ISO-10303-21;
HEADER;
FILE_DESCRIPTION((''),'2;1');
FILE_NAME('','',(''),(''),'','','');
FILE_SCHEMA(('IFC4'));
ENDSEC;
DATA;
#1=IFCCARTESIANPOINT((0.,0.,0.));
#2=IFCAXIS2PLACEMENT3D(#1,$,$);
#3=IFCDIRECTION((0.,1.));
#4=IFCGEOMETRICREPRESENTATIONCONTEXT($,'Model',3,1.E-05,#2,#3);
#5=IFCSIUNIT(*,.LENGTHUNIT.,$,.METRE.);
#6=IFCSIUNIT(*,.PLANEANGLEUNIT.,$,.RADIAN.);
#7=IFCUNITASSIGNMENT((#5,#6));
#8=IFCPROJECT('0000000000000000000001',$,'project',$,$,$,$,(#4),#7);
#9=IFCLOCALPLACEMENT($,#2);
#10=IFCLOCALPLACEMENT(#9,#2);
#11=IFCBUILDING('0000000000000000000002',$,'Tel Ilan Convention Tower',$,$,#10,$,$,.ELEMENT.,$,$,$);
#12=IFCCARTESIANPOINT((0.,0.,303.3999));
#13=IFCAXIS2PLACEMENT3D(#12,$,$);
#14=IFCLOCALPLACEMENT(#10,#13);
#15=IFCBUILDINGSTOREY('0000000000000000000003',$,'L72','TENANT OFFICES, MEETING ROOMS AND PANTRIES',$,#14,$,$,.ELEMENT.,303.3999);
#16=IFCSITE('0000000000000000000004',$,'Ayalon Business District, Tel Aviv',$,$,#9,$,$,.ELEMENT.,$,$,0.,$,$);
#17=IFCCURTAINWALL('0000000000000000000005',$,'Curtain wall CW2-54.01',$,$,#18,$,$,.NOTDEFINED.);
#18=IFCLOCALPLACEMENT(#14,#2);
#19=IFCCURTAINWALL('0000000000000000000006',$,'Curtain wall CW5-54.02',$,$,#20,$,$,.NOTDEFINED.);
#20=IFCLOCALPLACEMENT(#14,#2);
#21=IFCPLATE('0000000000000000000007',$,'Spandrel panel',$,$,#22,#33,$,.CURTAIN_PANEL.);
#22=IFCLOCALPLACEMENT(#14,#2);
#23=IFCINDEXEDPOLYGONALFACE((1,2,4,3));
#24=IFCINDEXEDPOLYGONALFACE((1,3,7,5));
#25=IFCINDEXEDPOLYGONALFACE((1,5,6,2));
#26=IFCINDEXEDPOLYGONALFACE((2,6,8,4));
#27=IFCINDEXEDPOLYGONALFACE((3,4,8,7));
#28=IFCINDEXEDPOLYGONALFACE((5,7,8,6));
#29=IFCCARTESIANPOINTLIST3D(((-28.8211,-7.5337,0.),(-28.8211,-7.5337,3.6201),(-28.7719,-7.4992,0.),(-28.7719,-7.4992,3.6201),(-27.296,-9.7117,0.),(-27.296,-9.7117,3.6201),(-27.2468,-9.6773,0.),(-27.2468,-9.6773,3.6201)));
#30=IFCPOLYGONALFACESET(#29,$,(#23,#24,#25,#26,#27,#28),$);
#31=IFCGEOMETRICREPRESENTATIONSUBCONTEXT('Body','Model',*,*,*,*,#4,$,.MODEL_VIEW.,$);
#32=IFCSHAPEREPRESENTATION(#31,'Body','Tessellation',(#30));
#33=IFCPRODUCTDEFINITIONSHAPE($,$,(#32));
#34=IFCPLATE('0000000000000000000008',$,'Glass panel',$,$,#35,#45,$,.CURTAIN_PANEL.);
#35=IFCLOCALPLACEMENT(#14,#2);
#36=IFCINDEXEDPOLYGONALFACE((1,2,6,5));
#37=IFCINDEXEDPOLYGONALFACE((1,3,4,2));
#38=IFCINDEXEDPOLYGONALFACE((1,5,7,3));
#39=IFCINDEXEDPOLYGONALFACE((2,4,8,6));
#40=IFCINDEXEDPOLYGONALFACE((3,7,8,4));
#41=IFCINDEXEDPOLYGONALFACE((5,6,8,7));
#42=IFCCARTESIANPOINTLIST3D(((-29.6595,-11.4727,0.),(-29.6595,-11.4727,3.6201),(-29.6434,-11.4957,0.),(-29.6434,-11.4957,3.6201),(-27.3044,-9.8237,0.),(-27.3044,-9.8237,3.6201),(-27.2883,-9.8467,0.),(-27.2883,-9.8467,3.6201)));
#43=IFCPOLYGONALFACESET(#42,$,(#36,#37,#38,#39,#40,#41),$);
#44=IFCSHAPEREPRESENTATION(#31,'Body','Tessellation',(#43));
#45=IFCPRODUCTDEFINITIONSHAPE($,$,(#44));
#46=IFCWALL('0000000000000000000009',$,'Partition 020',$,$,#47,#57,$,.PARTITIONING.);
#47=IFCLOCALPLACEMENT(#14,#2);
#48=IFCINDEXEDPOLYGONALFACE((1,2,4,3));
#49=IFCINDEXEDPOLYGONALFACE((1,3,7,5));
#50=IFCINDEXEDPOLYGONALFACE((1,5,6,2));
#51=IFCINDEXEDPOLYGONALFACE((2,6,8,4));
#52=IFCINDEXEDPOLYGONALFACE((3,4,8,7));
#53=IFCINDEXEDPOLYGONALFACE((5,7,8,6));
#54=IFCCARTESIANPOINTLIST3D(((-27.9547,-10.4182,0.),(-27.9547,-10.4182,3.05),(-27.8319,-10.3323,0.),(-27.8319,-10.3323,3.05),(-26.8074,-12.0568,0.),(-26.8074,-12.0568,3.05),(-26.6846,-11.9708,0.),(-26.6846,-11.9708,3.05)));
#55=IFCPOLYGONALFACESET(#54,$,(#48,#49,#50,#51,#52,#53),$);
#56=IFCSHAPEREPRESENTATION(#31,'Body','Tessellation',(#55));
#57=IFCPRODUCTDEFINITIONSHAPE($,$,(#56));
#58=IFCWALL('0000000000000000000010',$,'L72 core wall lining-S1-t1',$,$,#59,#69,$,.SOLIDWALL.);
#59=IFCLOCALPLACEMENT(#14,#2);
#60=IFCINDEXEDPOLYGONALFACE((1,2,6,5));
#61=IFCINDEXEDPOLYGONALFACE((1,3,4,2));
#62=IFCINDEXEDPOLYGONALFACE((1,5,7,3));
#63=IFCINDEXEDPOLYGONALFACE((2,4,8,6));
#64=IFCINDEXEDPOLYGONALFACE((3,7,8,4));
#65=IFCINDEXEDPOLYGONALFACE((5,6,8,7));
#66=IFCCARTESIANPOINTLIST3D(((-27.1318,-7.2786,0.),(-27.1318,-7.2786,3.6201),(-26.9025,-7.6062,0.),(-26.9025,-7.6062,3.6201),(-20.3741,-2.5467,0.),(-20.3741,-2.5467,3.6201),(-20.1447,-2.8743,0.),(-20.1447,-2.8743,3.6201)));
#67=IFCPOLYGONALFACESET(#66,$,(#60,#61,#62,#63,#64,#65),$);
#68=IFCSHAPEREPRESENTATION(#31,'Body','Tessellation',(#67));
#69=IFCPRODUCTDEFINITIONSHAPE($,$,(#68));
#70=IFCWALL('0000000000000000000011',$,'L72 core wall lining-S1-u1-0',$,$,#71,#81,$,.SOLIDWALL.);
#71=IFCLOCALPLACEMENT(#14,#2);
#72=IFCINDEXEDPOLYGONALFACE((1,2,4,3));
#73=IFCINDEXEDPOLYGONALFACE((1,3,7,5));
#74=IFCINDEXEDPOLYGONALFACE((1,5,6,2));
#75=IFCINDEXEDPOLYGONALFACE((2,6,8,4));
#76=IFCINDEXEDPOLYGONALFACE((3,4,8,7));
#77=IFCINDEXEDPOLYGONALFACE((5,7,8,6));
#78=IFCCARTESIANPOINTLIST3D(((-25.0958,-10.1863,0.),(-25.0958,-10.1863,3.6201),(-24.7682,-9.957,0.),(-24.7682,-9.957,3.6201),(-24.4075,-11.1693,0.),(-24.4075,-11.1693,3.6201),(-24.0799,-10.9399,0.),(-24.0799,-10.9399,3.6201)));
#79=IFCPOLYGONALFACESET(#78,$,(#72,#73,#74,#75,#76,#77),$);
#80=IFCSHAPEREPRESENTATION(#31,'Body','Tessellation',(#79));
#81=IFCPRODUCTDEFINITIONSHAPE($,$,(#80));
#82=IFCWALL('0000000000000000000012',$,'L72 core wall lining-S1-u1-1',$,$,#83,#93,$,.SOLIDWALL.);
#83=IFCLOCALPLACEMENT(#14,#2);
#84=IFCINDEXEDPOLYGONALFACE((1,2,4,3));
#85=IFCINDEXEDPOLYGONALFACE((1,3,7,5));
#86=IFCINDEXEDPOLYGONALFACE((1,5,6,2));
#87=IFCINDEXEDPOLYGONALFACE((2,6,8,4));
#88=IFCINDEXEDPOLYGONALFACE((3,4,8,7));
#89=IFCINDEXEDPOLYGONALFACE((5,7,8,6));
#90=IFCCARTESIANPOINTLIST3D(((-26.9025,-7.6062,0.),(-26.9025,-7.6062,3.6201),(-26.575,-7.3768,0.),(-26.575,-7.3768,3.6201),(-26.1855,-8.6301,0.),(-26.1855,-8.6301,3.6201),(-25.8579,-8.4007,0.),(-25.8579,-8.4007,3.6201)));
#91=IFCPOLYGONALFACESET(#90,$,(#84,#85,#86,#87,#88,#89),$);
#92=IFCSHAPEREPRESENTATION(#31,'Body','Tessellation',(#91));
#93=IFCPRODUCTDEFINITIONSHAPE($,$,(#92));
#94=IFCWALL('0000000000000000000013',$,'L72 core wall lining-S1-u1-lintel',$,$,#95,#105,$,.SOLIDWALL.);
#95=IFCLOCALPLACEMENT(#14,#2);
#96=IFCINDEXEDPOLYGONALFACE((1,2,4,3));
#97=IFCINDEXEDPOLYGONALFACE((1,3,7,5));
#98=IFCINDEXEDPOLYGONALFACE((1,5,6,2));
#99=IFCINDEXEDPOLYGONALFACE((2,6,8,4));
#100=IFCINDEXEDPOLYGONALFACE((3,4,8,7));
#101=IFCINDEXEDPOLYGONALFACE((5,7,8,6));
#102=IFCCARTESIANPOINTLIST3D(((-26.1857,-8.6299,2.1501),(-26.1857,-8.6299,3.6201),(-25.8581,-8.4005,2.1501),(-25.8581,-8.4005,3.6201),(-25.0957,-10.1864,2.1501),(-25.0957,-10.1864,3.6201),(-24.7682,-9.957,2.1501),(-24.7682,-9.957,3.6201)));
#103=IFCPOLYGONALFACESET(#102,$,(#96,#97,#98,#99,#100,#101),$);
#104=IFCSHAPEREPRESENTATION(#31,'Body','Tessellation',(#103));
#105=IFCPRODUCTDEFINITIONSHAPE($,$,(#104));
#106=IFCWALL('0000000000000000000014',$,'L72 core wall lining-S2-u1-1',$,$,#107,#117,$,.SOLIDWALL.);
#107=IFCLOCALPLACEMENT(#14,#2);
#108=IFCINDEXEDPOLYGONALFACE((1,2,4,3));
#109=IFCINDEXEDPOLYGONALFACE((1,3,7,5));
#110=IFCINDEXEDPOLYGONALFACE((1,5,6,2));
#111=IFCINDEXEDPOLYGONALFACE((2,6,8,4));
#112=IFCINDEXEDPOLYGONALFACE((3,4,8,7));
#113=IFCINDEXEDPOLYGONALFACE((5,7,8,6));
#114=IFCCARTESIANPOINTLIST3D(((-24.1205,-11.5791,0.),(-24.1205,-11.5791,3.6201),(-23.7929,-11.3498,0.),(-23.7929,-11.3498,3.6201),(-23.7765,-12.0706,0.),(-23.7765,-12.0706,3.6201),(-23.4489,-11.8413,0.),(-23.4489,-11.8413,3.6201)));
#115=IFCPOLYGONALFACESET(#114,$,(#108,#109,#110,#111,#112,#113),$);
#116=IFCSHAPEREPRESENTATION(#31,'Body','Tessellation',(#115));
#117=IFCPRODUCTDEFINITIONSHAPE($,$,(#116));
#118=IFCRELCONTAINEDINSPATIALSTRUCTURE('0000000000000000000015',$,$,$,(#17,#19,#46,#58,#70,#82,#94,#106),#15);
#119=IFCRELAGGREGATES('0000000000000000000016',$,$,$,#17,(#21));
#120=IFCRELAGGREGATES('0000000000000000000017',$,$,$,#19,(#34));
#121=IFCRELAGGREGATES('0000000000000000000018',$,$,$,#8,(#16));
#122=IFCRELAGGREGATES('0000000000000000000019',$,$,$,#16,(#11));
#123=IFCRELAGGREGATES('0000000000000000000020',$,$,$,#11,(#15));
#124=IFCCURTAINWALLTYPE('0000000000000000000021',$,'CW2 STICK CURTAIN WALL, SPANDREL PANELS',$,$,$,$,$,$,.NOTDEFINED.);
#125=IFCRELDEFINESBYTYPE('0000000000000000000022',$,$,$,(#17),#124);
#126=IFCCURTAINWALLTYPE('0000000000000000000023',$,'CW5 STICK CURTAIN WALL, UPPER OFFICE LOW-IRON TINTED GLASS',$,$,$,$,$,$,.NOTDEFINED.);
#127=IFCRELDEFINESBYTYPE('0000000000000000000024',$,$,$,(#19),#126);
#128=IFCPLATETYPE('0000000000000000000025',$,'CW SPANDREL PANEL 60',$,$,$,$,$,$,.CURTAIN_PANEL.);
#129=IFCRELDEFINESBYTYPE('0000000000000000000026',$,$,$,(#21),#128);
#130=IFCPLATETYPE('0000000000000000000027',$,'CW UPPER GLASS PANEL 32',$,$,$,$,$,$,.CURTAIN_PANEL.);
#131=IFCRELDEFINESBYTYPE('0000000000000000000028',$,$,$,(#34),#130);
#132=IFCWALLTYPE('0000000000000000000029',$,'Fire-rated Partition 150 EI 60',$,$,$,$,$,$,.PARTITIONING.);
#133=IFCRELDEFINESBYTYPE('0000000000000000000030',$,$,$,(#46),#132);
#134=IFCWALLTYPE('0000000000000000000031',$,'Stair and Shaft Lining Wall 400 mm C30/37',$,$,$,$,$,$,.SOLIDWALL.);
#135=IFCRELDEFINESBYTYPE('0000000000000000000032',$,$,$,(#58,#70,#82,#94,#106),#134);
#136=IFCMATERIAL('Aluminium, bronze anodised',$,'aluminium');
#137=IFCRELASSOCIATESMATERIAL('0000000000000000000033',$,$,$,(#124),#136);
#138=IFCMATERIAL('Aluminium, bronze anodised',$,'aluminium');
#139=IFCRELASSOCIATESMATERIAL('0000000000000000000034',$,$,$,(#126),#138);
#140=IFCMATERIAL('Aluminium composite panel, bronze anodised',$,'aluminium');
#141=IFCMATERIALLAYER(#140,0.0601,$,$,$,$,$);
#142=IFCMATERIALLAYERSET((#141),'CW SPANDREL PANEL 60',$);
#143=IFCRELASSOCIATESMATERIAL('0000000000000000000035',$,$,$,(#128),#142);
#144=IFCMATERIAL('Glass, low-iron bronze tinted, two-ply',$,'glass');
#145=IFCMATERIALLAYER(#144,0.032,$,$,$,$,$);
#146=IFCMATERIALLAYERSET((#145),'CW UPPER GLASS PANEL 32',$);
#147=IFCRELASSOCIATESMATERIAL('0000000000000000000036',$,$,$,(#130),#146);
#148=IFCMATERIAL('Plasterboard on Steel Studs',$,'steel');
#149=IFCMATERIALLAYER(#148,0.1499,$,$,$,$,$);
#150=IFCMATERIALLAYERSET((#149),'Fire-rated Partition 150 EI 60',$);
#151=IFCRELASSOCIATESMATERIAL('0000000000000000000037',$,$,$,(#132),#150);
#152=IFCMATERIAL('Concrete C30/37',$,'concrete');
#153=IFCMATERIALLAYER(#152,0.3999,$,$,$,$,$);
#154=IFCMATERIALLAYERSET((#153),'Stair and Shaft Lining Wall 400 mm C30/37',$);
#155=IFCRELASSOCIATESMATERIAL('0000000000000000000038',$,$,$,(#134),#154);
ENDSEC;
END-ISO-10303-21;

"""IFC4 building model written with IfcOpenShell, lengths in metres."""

from ifc_helpers import new_model, si_unit, direction, frame, frame_2d, origin, origin_2d, place, context, subcontext, project, spatial, rectangle, extrude, material, layer, layer_set, type_object, element, aggregate, save


model = new_model("IFC4")

# Units and contexts
model_context = context("Model", 3, precision=1e-05, world=origin(), true_north=direction((0.0, 1.0)))
body_context = subcontext(model_context, "Body", "Model", "MODEL_VIEW")
ifc_project = project(units=[si_unit("LENGTHUNIT", "METRE"), si_unit("PLANEANGLEUNIT", "RADIAN")], contexts=[model_context])

# Site, building, storey
site_placement = place(None, origin())
site = spatial("IfcSite", under=ifc_project, at=site_placement, Name="Ayalon Business District, Tel Aviv", CompositionType="ELEMENT", RefElevation=0.0)
building_placement = place(site_placement, origin())
building = spatial("IfcBuilding", under=site, at=building_placement, Name="Tel Ilan Convention Tower", CompositionType="ELEMENT")
storey_placement = place(building_placement, frame((0.0, 0.0, 303.3999)))
storey = spatial("IfcBuildingStorey", under=building, at=storey_placement, Name="L72", Description="TENANT OFFICES, MEETING ROOMS AND PANTRIES", CompositionType="ELEMENT", Elevation=303.3999)

# Curtain wall
ifc_material_1 = material(Name="Aluminium, bronze anodised", Category="aluminium")
curtain_wall_type_1 = type_object("IfcCurtainWallType", Name="CW2 STICK CURTAIN WALL, SPANDREL PANELS", PredefinedType="NOTDEFINED", material=ifc_material_1)
curtain_wall_1_placement = place(storey_placement, origin())
curtain_wall_1 = element("IfcCurtainWall", 1, at=curtain_wall_1_placement, inside=storey, type_object=curtain_wall_type_1, Name="Curtain wall CW2-54.01", PredefinedType="NOTDEFINED")

# Curtain wall
ifc_material_2 = material(Name="Aluminium, bronze anodised", Category="aluminium")
curtain_wall_type_2 = type_object("IfcCurtainWallType", Name="CW5 STICK CURTAIN WALL, UPPER OFFICE LOW-IRON TINTED GLASS", PredefinedType="NOTDEFINED", material=ifc_material_2)
curtain_wall_2_placement = place(storey_placement, origin())
curtain_wall_2 = element("IfcCurtainWall", 2, at=curtain_wall_2_placement, inside=storey, type_object=curtain_wall_type_2, Name="Curtain wall CW5-54.02", PredefinedType="NOTDEFINED")

# Plates
ifc_material_3 = material(Name="Aluminium composite panel, bronze anodised", Category="aluminium")
ifc_layer_1 = layer(ifc_material_3, 0.0601)
ifc_layer_set_1 = layer_set([ifc_layer_1], Name="CW SPANDREL PANEL 60")
plate_type_1 = type_object("IfcPlateType", Name="CW SPANDREL PANEL 60", PredefinedType="CURTAIN_PANEL", material=ifc_layer_set_1)
plate_1_placement = place(storey_placement, frame((-28.0339, -8.6055, 0.0), z_axis=(0.0, 0.0, 1.0), x_axis=(0.573576, -0.819152, 0.0)))
plate_1 = element("IfcPlate", 3, at=plate_1_placement, type_object=plate_type_1, Name="Spandrel panel", PredefinedType="CURTAIN_PANEL", context=body_context, shape_type="SweptSolid", body=[
    extrude(rectangle(XDim=2.6589, YDim=0.0601, at=origin_2d()), origin(), (0.0, 0.0, 1.0), 3.6201),
])
aggregate(curtain_wall_1, [plate_1])
ifc_material_4 = material(Name="Glass, low-iron bronze tinted, two-ply", Category="glass")
ifc_layer_2 = layer(ifc_material_4, 0.032)
ifc_layer_set_2 = layer_set([ifc_layer_2], Name="CW UPPER GLASS PANEL 32")
plate_type_2 = type_object("IfcPlateType", Name="CW UPPER GLASS PANEL 32", PredefinedType="CURTAIN_PANEL", material=ifc_layer_set_2)
plate_2_placement = place(storey_placement, frame((-28.4739, -10.6597, 0.0), z_axis=(0.0, 0.0, 1.0), x_axis=(-0.819152, -0.573576, 0.0)))
plate_2 = element("IfcPlate", 4, at=plate_2_placement, type_object=plate_type_2, Name="Glass panel", PredefinedType="CURTAIN_PANEL", context=body_context, shape_type="SweptSolid", body=[
    extrude(rectangle(XDim=2.875, YDim=0.0281, at=origin_2d()), origin(), (0.0, 0.0, 1.0), 3.6201),
])
aggregate(curtain_wall_2, [plate_2])

# Walls
ifc_material_5 = material(Name="Plasterboard on Steel Studs", Category="steel")
ifc_layer_3 = layer(ifc_material_5, 0.1499)
ifc_layer_set_3 = layer_set([ifc_layer_3], Name="Fire-rated Partition 150 EI 60")
wall_type_1 = type_object("IfcWallType", Name="Fire-rated Partition 150 EI 60", PredefinedType="PARTITIONING", material=ifc_layer_set_3)
wall_1_placement = place(storey_placement, frame((-26.7461, -12.0137, 0.0), z_axis=(0.0, 0.0, 1.0), x_axis=(-0.573569, 0.819157, 0.0)))
element("IfcWall", 5, at=wall_1_placement, inside=storey, type_object=wall_type_1, Name="Partition 020", PredefinedType="PARTITIONING", context=body_context, shape_type="SweptSolid", body=[
    extrude(rectangle(XDim=2.0002, YDim=0.1499, at=frame_2d((1.0, 0.0))), origin(), (0.0, 0.0, 1.0), 3.05),
])
ifc_material_6 = material(Name="Concrete C30/37", Category="concrete")
ifc_layer_4 = layer(ifc_material_6, 0.3999)
ifc_layer_set_4 = layer_set([ifc_layer_4], Name="Stair and Shaft Lining Wall 400 mm C30/37")
wall_type_2 = type_object("IfcWallType", Name="Stair and Shaft Lining Wall 400 mm C30/37", PredefinedType="SOLIDWALL", material=ifc_layer_set_4)
wall_2_placement = place(storey_placement, frame((-20.2593, -2.7104, 0.0), z_axis=(0.0, 0.0, 1.0), x_axis=(-0.819148, -0.573582, 0.0)))
element("IfcWall", 6, at=wall_2_placement, inside=storey, type_object=wall_type_2, Name="L72 core wall lining-S1-t1", PredefinedType="SOLIDWALL", context=body_context, shape_type="SweptSolid", body=[
    extrude(rectangle(XDim=8.2498, YDim=0.3999, at=frame_2d((4.125, 0.0))), origin(), (0.0, 0.0, 1.0), 3.6201),
])
wall_3_placement = place(storey_placement, frame((-24.2437, -11.0547, 0.0), z_axis=(0.0, 0.0, 1.0), x_axis=(-0.573572, 0.819155, 0.0)))
element("IfcWall", 7, at=wall_3_placement, inside=storey, type_object=wall_type_2, Name="L72 core wall lining-S1-u1-0", PredefinedType="SOLIDWALL", context=body_context, shape_type="SweptSolid", body=[
    extrude(rectangle(XDim=1.2, YDim=0.3999, at=frame_2d((0.6001, 0.0))), origin(), (0.0, 0.0, 1.0), 3.6201),
])
wall_4_placement = place(storey_placement, frame((-26.0217, -8.5154, 0.0), z_axis=(0.0, 0.0, 1.0), x_axis=(-0.57362, 0.819122, 0.0)))
element("IfcWall", 8, at=wall_4_placement, inside=storey, type_object=wall_type_2, Name="L72 core wall lining-S1-u1-1", PredefinedType="SOLIDWALL", context=body_context, shape_type="SweptSolid", body=[
    extrude(rectangle(XDim=1.25, YDim=0.3999, at=frame_2d((0.625, 0.0))), origin(), (0.0, 0.0, 1.0), 3.6201),
])
wall_5_placement = place(storey_placement, frame((-24.9319, -10.0718, 2.1501), z_axis=(0.0, 0.0, 1.0), x_axis=(-0.573592, 0.819141, 0.0)))
element("IfcWall", 9, at=wall_5_placement, inside=storey, type_object=wall_type_2, Name="L72 core wall lining-S1-u1-lintel", PredefinedType="SOLIDWALL", context=body_context, shape_type="SweptSolid", body=[
    extrude(rectangle(XDim=1.9001, YDim=0.3999, at=frame_2d((0.9502, 0.0))), origin(), (0.0, 0.0, 1.0), 1.47),
])
wall_6_placement = place(storey_placement, frame((-23.6128, -11.9558, 0.0), z_axis=(0.0, 0.0, 1.0), x_axis=(-0.573435, 0.819251, 0.0)))
element("IfcWall", 10, at=wall_6_placement, inside=storey, type_object=wall_type_2, Name="L72 core wall lining-S2-u1-1", PredefinedType="SOLIDWALL", context=body_context, shape_type="SweptSolid", body=[
    extrude(rectangle(XDim=0.5999, YDim=0.3999, at=frame_2d((0.2998, 0.0))), origin(), (0.0, 0.0, 1.0), 3.6201),
])

save(model, "model.ifc")
